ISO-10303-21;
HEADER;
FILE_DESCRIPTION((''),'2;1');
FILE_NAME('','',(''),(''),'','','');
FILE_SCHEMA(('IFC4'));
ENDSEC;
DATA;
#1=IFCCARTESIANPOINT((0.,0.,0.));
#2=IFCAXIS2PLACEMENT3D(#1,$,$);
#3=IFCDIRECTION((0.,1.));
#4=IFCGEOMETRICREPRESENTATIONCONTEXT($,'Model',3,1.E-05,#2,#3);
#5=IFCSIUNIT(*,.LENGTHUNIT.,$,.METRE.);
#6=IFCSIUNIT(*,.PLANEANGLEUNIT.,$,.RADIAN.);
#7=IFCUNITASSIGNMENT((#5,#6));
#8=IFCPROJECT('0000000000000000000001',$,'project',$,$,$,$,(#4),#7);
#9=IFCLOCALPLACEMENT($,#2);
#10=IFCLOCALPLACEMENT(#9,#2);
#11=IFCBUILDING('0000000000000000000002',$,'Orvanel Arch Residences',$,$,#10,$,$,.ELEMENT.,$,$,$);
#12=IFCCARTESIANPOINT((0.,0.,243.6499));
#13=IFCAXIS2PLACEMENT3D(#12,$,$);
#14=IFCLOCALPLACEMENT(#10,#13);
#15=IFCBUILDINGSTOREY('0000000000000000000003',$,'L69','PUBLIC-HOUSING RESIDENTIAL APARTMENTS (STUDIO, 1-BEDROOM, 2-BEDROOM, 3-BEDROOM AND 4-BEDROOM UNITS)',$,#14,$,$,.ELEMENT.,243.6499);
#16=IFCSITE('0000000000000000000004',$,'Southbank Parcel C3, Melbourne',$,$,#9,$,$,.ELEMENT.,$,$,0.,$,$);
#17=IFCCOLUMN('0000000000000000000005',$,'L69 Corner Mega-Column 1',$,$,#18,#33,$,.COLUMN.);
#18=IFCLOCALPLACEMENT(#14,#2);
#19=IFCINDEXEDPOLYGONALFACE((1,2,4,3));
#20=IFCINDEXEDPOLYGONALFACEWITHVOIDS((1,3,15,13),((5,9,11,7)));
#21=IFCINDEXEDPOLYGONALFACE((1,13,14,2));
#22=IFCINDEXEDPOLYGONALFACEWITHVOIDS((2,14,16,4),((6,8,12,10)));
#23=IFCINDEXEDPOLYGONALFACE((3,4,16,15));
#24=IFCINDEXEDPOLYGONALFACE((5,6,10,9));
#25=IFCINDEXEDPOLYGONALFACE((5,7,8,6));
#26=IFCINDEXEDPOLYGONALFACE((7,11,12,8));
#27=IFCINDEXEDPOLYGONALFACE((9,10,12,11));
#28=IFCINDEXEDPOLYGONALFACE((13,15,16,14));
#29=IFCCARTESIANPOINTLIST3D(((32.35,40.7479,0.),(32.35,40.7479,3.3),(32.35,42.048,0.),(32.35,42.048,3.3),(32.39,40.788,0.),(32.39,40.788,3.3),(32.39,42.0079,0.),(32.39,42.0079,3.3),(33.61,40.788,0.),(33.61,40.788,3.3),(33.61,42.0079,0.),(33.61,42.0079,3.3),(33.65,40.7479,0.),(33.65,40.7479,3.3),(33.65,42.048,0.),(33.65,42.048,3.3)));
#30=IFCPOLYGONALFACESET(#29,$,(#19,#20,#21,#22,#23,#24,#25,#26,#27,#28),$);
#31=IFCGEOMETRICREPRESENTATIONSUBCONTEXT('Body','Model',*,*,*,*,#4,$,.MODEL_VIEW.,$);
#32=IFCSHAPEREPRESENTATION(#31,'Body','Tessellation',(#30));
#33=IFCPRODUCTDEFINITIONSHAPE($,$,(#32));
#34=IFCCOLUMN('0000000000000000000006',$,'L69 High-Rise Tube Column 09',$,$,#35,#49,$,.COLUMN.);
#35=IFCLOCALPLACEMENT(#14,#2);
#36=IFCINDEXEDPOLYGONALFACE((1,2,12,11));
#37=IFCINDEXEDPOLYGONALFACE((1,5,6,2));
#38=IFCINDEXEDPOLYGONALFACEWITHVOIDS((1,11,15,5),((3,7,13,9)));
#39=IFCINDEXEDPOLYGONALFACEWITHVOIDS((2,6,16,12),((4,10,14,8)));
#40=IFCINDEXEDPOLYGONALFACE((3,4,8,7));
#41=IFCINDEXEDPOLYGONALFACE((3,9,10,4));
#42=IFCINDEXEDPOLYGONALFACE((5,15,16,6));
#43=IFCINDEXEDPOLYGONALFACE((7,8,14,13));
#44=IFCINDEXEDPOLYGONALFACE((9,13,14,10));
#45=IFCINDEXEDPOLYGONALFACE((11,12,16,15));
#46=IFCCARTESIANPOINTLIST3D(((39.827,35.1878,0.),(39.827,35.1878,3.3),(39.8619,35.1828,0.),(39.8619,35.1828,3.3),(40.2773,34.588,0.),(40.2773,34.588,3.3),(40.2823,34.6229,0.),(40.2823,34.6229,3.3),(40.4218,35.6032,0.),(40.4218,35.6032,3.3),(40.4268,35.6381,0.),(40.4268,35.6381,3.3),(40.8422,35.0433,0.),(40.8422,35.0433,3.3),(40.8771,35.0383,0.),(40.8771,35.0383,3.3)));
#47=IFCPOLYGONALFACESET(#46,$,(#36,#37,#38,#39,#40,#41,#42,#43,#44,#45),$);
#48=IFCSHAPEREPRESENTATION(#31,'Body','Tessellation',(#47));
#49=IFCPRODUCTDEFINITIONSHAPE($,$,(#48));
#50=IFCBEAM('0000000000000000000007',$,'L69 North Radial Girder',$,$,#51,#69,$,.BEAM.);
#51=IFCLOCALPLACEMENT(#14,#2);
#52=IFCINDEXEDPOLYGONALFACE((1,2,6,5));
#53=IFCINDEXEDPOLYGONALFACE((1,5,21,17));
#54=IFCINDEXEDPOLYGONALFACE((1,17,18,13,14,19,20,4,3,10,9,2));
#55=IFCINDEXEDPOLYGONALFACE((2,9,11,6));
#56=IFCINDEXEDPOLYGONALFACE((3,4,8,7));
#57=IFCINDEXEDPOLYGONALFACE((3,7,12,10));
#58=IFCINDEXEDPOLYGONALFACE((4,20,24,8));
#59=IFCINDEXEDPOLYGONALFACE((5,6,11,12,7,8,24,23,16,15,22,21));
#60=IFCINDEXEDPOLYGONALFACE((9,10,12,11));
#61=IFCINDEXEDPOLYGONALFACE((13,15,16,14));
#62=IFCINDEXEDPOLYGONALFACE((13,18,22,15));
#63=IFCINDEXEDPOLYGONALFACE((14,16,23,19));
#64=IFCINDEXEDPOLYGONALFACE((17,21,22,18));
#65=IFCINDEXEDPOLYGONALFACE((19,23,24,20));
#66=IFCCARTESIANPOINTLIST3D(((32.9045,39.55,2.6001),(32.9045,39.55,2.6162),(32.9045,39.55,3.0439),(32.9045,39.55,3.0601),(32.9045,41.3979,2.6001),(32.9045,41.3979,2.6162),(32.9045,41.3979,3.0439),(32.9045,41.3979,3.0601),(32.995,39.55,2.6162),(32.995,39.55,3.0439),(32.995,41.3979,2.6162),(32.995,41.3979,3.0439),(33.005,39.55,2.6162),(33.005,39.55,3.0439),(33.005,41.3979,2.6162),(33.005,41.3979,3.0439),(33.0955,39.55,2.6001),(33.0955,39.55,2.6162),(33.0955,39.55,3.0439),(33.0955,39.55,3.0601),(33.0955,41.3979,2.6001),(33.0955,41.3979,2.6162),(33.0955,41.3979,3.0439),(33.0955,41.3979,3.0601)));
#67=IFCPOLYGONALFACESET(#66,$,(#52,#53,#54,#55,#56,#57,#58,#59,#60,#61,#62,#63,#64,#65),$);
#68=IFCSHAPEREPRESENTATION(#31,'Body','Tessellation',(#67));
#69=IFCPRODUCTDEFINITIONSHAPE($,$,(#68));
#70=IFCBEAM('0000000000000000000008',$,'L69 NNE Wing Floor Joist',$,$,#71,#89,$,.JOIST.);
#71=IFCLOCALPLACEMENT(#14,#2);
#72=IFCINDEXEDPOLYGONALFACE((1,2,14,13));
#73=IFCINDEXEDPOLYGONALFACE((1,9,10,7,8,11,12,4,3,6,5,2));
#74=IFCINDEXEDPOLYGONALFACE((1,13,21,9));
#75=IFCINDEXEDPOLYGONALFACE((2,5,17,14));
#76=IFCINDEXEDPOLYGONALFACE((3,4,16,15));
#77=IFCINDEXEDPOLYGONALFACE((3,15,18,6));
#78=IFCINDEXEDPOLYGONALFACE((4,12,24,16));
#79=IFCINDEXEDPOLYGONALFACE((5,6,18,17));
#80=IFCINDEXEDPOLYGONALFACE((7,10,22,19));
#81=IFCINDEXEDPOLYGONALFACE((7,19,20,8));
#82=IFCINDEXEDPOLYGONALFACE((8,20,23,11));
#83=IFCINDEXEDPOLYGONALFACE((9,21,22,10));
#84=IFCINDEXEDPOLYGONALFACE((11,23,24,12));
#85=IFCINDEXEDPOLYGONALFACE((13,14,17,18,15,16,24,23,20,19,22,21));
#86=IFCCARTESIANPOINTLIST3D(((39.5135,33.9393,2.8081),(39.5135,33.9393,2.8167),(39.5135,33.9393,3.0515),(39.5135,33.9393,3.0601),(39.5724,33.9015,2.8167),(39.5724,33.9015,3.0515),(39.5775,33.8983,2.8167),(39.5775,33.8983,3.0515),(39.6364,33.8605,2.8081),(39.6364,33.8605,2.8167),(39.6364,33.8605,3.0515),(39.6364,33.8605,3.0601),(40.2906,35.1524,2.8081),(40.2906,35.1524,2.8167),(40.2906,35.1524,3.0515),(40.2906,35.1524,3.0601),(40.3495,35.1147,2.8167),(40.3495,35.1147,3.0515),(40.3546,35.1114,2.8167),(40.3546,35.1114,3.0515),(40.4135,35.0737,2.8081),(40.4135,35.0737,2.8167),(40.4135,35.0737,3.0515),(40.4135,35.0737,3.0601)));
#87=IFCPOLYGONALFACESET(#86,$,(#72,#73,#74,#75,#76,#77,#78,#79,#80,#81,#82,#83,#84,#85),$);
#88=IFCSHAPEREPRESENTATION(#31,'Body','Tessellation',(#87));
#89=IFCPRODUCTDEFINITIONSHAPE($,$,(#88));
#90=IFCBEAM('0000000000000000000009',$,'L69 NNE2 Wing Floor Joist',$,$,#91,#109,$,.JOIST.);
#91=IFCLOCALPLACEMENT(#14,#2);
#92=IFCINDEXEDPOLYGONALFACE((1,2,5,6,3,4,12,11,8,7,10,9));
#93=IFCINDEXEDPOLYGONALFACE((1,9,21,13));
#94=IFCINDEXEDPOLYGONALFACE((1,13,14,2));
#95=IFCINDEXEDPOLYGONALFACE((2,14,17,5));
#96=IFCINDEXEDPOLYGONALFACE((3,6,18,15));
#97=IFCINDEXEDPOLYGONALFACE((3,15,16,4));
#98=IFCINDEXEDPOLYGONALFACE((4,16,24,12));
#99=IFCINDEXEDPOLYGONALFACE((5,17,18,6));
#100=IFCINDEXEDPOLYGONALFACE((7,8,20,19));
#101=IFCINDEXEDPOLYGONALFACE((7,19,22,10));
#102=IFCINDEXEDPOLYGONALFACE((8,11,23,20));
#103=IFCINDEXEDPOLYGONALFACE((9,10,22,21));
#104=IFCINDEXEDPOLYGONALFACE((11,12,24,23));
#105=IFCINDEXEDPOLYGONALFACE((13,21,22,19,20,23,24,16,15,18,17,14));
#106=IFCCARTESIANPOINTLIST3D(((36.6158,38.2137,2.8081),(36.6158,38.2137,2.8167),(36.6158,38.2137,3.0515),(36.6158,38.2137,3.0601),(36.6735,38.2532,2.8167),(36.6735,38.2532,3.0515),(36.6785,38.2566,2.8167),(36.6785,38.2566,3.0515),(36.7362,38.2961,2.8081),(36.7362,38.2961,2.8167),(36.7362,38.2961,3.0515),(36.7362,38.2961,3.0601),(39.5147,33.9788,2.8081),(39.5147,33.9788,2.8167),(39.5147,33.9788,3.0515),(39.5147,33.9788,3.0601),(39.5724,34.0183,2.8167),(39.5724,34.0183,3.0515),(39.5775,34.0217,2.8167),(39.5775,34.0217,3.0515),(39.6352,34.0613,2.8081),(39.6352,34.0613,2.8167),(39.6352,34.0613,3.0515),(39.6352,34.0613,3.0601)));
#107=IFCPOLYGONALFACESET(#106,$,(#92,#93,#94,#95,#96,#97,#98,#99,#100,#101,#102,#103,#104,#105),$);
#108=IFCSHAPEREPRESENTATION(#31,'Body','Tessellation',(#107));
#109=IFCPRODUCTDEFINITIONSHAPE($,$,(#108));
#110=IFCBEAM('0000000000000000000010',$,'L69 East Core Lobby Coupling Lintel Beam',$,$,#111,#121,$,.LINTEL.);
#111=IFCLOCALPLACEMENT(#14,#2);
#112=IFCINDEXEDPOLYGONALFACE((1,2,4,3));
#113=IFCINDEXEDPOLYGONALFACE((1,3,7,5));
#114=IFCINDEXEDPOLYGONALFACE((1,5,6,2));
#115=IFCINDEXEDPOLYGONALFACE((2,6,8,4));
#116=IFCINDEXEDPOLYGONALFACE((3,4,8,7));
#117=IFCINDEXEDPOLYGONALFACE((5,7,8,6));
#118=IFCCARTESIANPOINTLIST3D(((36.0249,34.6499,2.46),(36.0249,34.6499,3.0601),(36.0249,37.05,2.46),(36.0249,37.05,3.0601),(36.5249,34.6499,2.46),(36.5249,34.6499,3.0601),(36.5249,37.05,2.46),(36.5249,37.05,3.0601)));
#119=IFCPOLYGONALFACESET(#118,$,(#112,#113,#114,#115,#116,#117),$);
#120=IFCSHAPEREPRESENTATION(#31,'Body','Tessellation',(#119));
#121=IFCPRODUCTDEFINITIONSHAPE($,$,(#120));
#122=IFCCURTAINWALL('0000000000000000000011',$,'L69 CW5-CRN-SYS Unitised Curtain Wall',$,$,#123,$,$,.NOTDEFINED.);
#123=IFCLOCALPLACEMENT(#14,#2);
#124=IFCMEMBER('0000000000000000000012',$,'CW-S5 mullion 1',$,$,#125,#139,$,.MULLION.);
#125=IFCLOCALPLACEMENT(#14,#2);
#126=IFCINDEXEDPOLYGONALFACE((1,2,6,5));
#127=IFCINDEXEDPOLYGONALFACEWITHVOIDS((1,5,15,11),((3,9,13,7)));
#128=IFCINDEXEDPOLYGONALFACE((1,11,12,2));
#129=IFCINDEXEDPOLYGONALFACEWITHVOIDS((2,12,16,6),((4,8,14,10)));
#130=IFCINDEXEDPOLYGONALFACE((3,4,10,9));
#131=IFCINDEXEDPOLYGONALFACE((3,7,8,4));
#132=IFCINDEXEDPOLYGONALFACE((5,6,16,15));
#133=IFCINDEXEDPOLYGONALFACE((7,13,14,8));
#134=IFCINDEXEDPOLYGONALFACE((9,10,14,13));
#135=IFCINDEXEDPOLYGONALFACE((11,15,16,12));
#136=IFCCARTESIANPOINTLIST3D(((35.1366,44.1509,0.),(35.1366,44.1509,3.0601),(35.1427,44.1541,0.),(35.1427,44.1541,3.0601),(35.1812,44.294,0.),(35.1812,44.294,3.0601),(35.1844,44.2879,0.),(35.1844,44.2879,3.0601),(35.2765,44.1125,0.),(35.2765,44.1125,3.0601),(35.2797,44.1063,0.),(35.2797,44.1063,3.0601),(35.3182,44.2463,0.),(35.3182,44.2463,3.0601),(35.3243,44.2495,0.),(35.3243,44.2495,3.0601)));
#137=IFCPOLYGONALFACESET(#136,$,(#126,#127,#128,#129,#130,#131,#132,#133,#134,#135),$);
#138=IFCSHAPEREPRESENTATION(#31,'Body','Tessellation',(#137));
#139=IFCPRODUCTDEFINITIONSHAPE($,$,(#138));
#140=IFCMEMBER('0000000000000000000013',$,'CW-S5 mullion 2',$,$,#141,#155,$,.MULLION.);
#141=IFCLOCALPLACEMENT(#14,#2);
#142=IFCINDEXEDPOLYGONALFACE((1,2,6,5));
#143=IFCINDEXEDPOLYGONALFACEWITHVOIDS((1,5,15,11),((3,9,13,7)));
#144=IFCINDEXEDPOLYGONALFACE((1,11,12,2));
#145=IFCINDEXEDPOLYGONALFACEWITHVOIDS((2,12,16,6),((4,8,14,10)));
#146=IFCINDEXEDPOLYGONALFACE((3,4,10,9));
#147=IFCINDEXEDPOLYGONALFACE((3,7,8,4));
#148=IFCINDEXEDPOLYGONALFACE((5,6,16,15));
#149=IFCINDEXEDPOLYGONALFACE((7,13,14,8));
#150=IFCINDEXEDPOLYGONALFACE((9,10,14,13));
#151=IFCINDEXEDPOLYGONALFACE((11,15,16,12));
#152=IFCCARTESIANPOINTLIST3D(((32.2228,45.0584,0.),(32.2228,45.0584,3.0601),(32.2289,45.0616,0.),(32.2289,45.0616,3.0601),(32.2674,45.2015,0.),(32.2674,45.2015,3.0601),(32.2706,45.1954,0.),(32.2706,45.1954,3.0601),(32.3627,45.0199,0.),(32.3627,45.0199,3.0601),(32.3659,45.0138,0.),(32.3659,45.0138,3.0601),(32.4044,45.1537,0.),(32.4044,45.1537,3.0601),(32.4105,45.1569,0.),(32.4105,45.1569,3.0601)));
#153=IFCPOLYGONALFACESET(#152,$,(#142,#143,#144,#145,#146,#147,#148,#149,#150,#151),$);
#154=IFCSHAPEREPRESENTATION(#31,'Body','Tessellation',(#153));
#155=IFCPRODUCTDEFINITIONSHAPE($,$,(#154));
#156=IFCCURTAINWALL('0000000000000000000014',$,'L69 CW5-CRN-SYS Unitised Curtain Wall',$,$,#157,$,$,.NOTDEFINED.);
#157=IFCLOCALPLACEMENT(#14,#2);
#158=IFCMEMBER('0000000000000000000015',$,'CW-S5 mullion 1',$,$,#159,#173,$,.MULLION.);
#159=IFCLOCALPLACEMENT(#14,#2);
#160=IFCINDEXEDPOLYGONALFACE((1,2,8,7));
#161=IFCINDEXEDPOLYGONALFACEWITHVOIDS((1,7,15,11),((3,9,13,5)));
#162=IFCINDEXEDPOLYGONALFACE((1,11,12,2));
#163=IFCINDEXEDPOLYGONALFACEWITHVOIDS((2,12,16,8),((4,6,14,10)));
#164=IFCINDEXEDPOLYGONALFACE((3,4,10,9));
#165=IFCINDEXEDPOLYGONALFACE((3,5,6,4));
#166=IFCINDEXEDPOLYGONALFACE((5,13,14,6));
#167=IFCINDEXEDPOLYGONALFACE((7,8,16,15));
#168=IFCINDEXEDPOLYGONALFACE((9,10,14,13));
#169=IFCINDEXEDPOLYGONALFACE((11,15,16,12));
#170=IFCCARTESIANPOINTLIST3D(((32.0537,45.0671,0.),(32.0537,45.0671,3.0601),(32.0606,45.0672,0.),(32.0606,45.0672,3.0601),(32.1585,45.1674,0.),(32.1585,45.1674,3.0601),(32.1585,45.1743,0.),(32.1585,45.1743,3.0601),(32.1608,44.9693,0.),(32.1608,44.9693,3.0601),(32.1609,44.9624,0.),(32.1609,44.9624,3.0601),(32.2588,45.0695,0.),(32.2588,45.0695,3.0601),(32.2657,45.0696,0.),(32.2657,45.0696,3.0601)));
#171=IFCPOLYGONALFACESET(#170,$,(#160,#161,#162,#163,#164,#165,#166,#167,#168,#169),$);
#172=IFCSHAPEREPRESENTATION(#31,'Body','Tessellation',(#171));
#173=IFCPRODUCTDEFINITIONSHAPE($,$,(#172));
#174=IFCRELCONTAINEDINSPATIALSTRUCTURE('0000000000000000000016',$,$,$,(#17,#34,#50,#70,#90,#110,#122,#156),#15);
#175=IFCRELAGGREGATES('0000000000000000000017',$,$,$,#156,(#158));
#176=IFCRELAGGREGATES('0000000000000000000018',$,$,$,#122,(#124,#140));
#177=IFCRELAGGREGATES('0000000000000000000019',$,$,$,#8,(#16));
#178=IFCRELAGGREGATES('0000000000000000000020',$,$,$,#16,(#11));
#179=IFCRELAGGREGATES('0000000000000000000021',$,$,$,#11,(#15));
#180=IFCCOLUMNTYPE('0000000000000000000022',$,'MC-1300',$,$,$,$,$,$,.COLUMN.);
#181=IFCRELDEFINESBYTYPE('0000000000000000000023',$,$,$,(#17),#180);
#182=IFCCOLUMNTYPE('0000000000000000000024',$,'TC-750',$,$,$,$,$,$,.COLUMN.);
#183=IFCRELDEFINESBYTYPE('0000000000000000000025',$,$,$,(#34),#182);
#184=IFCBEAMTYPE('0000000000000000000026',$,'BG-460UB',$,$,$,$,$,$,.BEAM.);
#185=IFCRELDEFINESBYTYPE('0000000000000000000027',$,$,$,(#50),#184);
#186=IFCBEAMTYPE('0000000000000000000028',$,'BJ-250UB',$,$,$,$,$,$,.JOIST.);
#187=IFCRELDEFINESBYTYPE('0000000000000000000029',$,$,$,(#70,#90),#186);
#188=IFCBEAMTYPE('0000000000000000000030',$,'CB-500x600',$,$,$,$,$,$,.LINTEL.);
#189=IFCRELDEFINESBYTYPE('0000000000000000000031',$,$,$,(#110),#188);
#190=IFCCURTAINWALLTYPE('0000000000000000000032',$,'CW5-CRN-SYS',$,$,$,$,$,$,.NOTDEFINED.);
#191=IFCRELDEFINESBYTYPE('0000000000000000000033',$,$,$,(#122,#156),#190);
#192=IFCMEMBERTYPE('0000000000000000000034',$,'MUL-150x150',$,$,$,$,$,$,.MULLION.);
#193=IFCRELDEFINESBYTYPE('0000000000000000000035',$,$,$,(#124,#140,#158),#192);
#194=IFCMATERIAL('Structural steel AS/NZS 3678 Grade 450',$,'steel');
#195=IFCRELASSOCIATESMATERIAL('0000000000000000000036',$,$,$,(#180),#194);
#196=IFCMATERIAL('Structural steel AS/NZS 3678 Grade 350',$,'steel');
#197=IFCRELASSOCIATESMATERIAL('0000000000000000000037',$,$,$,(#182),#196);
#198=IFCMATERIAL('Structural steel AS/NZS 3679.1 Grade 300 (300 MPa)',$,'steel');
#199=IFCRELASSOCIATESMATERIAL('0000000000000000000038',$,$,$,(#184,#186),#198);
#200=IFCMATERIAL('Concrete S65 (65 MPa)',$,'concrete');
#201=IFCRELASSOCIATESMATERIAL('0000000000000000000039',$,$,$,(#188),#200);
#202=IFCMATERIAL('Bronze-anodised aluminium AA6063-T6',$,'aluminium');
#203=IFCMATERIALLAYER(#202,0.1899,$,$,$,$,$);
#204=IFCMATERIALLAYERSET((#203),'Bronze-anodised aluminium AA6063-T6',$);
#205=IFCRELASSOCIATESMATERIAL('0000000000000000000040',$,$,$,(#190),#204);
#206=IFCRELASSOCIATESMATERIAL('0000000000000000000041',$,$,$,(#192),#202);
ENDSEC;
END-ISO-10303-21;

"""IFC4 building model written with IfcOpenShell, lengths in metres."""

from ifc_helpers import new_model, si_unit, direction, frame, origin, origin_2d, place, context, subcontext, project, spatial, rectangle, hollow_rectangle, i_section, extrude, material, layer, layer_set, material_profile, profile_set, type_object, element, aggregate, save


model = new_model("IFC4")

# Units and contexts
model_context = context("Model", 3, precision=1e-05, world=origin(), true_north=direction((0.0, 1.0)))
body_context = subcontext(model_context, "Body", "Model", "MODEL_VIEW")
ifc_project = project(units=[si_unit("LENGTHUNIT", "METRE"), si_unit("PLANEANGLEUNIT", "RADIAN")], contexts=[model_context])

# Site, building, storey
site_placement = place(None, origin())
site = spatial("IfcSite", under=ifc_project, at=site_placement, Name="Southbank Parcel C3, Melbourne", CompositionType="ELEMENT", RefElevation=0.0)
building_placement = place(site_placement, origin())
building = spatial("IfcBuilding", under=site, at=building_placement, Name="Orvanel Arch Residences", CompositionType="ELEMENT")
storey_placement = place(building_placement, frame((0.0, 0.0, 243.6499)))
storey = spatial("IfcBuildingStorey", under=building, at=storey_placement, Name="L69", Description="PUBLIC-HOUSING RESIDENTIAL APARTMENTS (STUDIO, 1-BEDROOM, 2-BEDROOM, 3-BEDROOM AND 4-BEDROOM UNITS)", CompositionType="ELEMENT", Elevation=243.6499)

# Columns
ifc_material_1 = material(Name="Structural steel AS/NZS 3678 Grade 450", Category="steel")
ifc_material_profile_1 = material_profile(ifc_material_1, hollow_rectangle(XDim=1.3, YDim=1.3, WallThickness=0.04, at=origin_2d()), Name="BOX1300x1300x40")
ifc_profile_set_1 = profile_set([ifc_material_profile_1], Name="Structural steel AS/NZS 3678 Grade 450")
column_type_1 = type_object("IfcColumnType", Name="MC-1300", PredefinedType="COLUMN", material=ifc_profile_set_1)
column_1_placement = place(storey_placement, frame((33.0, 41.3979, 0.0), z_axis=(0.0, 0.0, 1.0), x_axis=(1.0, 0.0, 0.0)))
element("IfcColumn", 1, at=column_1_placement, inside=storey, type_object=column_type_1, Name="L69 Corner Mega-Column 1", PredefinedType="COLUMN", context=body_context, shape_type="SweptSolid", body=[
    extrude(hollow_rectangle(XDim=1.3, YDim=1.3, WallThickness=0.04, at=origin_2d()), origin(), (0.0, 0.0, 1.0), 3.3),
])
ifc_material_2 = material(Name="Structural steel AS/NZS 3678 Grade 350", Category="steel")
ifc_material_profile_2 = material_profile(ifc_material_2, hollow_rectangle(XDim=0.75, YDim=0.75, WallThickness=0.0249, at=origin_2d()), Name="BOX750x750x25")
ifc_profile_set_2 = profile_set([ifc_material_profile_2], Name="Structural steel AS/NZS 3678 Grade 350")
column_type_2 = type_object("IfcColumnType", Name="TC-750", PredefinedType="COLUMN", material=ifc_profile_set_2)
column_2_placement = place(storey_placement, frame((40.3521, 35.113, 0.0), z_axis=(0.0, 0.0, 1.0), x_axis=(-0.60042, 0.799685, 0.0)))
element("IfcColumn", 2, at=column_2_placement, inside=storey, type_object=column_type_2, Name="L69 High-Rise Tube Column 09", PredefinedType="COLUMN", context=body_context, shape_type="SweptSolid", body=[
    extrude(hollow_rectangle(XDim=0.75, YDim=0.75, WallThickness=0.0249, at=origin_2d()), origin(), (0.0, 0.0, 1.0), 3.3),
])

# Beams
ifc_material_3 = material(Name="Structural steel AS/NZS 3679.1 Grade 300 (300 MPa)", Category="steel")
ifc_material_profile_3 = material_profile(ifc_material_3, i_section(OverallWidth=0.1909, OverallDepth=0.46, WebThickness=0.01, FlangeThickness=0.0161, at=origin_2d()), Name="460UB82.1")
ifc_profile_set_3 = profile_set([ifc_material_profile_3], Name="Structural steel AS/NZS 3679.1 Grade 300 (300 MPa)")
beam_type_1 = type_object("IfcBeamType", Name="BG-460UB", PredefinedType="BEAM", material=ifc_profile_set_3)
beam_1_placement = place(storey_placement, frame((33.0, 39.55, 2.8301), z_axis=(0.0, 1.0, 0.0), x_axis=(-1.0, 0.0, 0.0)))
element("IfcBeam", 3, at=beam_1_placement, inside=storey, type_object=beam_type_1, Name="L69 North Radial Girder", PredefinedType="BEAM", context=body_context, shape_type="SweptSolid", body=[
    extrude(i_section(OverallWidth=0.1909, OverallDepth=0.46, WebThickness=0.01, FlangeThickness=0.0161, at=origin_2d()), origin(), (0.0, 0.0, 1.0), 1.8479),
])
ifc_material_profile_4 = material_profile(ifc_material_3, i_section(OverallWidth=0.146, OverallDepth=0.252, WebThickness=0.0061, FlangeThickness=0.0085, at=origin_2d()), Name="250UB31.4")
ifc_profile_set_4 = profile_set([ifc_material_profile_4], Name="Structural steel AS/NZS 3679.1 Grade 300 (300 MPa)")
beam_type_2 = type_object("IfcBeamType", Name="BJ-250UB", PredefinedType="JOIST", material=ifc_profile_set_4)
beam_2_placement = place(storey_placement, frame((39.575, 33.8999, 2.9341), z_axis=(0.539395, 0.842053, 0.0), x_axis=(-0.842053, 0.539395, 0.0)))
element("IfcBeam", 4, at=beam_2_placement, inside=storey, type_object=beam_type_2, Name="L69 NNE Wing Floor Joist", PredefinedType="JOIST", context=body_context, shape_type="SweptSolid", body=[
    extrude(i_section(OverallWidth=0.146, OverallDepth=0.252, WebThickness=0.0061, FlangeThickness=0.0085, at=origin_2d()), origin(), (0.0, 0.0, 1.0), 1.4407),
])
beam_3_placement = place(storey_placement, frame((39.575, 34.02, 2.9341), z_axis=(-0.564868, 0.825181, 0.0), x_axis=(-0.825181, -0.564868, 0.0)))
element("IfcBeam", 5, at=beam_3_placement, inside=storey, type_object=beam_type_2, Name="L69 NNE2 Wing Floor Joist", PredefinedType="JOIST", context=body_context, shape_type="SweptSolid", body=[
    extrude(i_section(OverallWidth=0.146, OverallDepth=0.252, WebThickness=0.0061, FlangeThickness=0.0085, at=origin_2d()), origin(), (0.0, 0.0, 1.0), 5.1321),
])
ifc_material_4 = material(Name="Concrete S65 (65 MPa)", Category="concrete")
ifc_material_profile_5 = material_profile(ifc_material_4, rectangle(XDim=0.5, YDim=0.6001, at=origin_2d()), Name="RC500x600")
ifc_profile_set_5 = profile_set([ifc_material_profile_5], Name="Concrete S65 (65 MPa)")
beam_type_3 = type_object("IfcBeamType", Name="CB-500x600", PredefinedType="LINTEL", material=ifc_profile_set_5)
beam_4_placement = place(storey_placement, frame((36.2749, 34.6499, 2.76), z_axis=(0.0, 1.0, 0.0), x_axis=(-1.0, 0.0, 0.0)))
element("IfcBeam", 6, at=beam_4_placement, inside=storey, type_object=beam_type_3, Name="L69 East Core Lobby Coupling Lintel Beam", PredefinedType="LINTEL", context=body_context, shape_type="SweptSolid", body=[
    extrude(rectangle(XDim=0.5, YDim=0.6001, at=origin_2d()), origin(), (0.0, 0.0, 1.0), 2.4001),
])

# Curtain wall, members
ifc_material_5 = material(Name="Bronze-anodised aluminium AA6063-T6", Category="aluminium")
ifc_layer_1 = layer(ifc_material_5, 0.1899)
ifc_layer_set_1 = layer_set([ifc_layer_1], Name="Bronze-anodised aluminium AA6063-T6")
curtain_wall_type_1 = type_object("IfcCurtainWallType", Name="CW5-CRN-SYS", PredefinedType="NOTDEFINED", material=ifc_layer_set_1)
curtain_wall_1_placement = place(storey_placement, origin())
curtain_wall_1 = element("IfcCurtainWall", 7, at=curtain_wall_1_placement, inside=storey, type_object=curtain_wall_type_1, Name="L69 CW5-CRN-SYS Unitised Curtain Wall", PredefinedType="NOTDEFINED")
ifc_material_profile_6 = material_profile(ifc_material_5, hollow_rectangle(XDim=0.1499, YDim=0.1499, WallThickness=0.0049, at=origin_2d()), Name="ALU150x150x5")
ifc_profile_set_6 = profile_set([ifc_material_profile_6], Name="Bronze-anodised aluminium AA6063-T6")
member_type_1 = type_object("IfcMemberType", Name="MUL-150x150", PredefinedType="MULLION", material=ifc_profile_set_6)
member_1_placement = place(storey_placement, frame((35.2305, 44.2002, 0.0), z_axis=(0.0, 0.0, 1.0), x_axis=(-0.297332, -0.954774, 0.0)))
member_1 = element("IfcMember", 8, at=member_1_placement, type_object=member_type_1, Name="CW-S5 mullion 1", PredefinedType="MULLION", context=body_context, shape_type="SweptSolid", body=[
    extrude(hollow_rectangle(XDim=0.1499, YDim=0.1499, WallThickness=0.0049, at=origin_2d()), origin(), (0.0, 0.0, 1.0), 3.0601),
])
member_2_placement = place(storey_placement, frame((32.3167, 45.1077, 0.0), z_axis=(0.0, 0.0, 1.0), x_axis=(-0.297332, -0.954774, 0.0)))
member_2 = element("IfcMember", 9, at=member_2_placement, type_object=member_type_1, Name="CW-S5 mullion 2", PredefinedType="MULLION", context=body_context, shape_type="SweptSolid", body=[
    extrude(hollow_rectangle(XDim=0.1499, YDim=0.1499, WallThickness=0.0049, at=origin_2d()), origin(), (0.0, 0.0, 1.0), 3.0601),
])

# Curtain wall, member
curtain_wall_2_placement = place(storey_placement, origin())
curtain_wall_2 = element("IfcCurtainWall", 10, at=curtain_wall_2_placement, inside=storey, type_object=curtain_wall_type_1, Name="L69 CW5-CRN-SYS Unitised Curtain Wall", PredefinedType="NOTDEFINED")
member_3_placement = place(storey_placement, frame((32.1597, 45.0684, 0.0), z_axis=(0.0, 0.0, 1.0), x_axis=(0.715149, -0.698972, 0.0)))
member_3 = element("IfcMember", 11, at=member_3_placement, type_object=member_type_1, Name="CW-S5 mullion 1", PredefinedType="MULLION", context=body_context, shape_type="SweptSolid", body=[
    extrude(hollow_rectangle(XDim=0.1499, YDim=0.1499, WallThickness=0.0049, at=origin_2d()), origin(), (0.0, 0.0, 1.0), 3.0601),
])
aggregate(curtain_wall_2, [member_3])

aggregate(curtain_wall_1, [member_1, member_2])

save(model, "model.ifc")
